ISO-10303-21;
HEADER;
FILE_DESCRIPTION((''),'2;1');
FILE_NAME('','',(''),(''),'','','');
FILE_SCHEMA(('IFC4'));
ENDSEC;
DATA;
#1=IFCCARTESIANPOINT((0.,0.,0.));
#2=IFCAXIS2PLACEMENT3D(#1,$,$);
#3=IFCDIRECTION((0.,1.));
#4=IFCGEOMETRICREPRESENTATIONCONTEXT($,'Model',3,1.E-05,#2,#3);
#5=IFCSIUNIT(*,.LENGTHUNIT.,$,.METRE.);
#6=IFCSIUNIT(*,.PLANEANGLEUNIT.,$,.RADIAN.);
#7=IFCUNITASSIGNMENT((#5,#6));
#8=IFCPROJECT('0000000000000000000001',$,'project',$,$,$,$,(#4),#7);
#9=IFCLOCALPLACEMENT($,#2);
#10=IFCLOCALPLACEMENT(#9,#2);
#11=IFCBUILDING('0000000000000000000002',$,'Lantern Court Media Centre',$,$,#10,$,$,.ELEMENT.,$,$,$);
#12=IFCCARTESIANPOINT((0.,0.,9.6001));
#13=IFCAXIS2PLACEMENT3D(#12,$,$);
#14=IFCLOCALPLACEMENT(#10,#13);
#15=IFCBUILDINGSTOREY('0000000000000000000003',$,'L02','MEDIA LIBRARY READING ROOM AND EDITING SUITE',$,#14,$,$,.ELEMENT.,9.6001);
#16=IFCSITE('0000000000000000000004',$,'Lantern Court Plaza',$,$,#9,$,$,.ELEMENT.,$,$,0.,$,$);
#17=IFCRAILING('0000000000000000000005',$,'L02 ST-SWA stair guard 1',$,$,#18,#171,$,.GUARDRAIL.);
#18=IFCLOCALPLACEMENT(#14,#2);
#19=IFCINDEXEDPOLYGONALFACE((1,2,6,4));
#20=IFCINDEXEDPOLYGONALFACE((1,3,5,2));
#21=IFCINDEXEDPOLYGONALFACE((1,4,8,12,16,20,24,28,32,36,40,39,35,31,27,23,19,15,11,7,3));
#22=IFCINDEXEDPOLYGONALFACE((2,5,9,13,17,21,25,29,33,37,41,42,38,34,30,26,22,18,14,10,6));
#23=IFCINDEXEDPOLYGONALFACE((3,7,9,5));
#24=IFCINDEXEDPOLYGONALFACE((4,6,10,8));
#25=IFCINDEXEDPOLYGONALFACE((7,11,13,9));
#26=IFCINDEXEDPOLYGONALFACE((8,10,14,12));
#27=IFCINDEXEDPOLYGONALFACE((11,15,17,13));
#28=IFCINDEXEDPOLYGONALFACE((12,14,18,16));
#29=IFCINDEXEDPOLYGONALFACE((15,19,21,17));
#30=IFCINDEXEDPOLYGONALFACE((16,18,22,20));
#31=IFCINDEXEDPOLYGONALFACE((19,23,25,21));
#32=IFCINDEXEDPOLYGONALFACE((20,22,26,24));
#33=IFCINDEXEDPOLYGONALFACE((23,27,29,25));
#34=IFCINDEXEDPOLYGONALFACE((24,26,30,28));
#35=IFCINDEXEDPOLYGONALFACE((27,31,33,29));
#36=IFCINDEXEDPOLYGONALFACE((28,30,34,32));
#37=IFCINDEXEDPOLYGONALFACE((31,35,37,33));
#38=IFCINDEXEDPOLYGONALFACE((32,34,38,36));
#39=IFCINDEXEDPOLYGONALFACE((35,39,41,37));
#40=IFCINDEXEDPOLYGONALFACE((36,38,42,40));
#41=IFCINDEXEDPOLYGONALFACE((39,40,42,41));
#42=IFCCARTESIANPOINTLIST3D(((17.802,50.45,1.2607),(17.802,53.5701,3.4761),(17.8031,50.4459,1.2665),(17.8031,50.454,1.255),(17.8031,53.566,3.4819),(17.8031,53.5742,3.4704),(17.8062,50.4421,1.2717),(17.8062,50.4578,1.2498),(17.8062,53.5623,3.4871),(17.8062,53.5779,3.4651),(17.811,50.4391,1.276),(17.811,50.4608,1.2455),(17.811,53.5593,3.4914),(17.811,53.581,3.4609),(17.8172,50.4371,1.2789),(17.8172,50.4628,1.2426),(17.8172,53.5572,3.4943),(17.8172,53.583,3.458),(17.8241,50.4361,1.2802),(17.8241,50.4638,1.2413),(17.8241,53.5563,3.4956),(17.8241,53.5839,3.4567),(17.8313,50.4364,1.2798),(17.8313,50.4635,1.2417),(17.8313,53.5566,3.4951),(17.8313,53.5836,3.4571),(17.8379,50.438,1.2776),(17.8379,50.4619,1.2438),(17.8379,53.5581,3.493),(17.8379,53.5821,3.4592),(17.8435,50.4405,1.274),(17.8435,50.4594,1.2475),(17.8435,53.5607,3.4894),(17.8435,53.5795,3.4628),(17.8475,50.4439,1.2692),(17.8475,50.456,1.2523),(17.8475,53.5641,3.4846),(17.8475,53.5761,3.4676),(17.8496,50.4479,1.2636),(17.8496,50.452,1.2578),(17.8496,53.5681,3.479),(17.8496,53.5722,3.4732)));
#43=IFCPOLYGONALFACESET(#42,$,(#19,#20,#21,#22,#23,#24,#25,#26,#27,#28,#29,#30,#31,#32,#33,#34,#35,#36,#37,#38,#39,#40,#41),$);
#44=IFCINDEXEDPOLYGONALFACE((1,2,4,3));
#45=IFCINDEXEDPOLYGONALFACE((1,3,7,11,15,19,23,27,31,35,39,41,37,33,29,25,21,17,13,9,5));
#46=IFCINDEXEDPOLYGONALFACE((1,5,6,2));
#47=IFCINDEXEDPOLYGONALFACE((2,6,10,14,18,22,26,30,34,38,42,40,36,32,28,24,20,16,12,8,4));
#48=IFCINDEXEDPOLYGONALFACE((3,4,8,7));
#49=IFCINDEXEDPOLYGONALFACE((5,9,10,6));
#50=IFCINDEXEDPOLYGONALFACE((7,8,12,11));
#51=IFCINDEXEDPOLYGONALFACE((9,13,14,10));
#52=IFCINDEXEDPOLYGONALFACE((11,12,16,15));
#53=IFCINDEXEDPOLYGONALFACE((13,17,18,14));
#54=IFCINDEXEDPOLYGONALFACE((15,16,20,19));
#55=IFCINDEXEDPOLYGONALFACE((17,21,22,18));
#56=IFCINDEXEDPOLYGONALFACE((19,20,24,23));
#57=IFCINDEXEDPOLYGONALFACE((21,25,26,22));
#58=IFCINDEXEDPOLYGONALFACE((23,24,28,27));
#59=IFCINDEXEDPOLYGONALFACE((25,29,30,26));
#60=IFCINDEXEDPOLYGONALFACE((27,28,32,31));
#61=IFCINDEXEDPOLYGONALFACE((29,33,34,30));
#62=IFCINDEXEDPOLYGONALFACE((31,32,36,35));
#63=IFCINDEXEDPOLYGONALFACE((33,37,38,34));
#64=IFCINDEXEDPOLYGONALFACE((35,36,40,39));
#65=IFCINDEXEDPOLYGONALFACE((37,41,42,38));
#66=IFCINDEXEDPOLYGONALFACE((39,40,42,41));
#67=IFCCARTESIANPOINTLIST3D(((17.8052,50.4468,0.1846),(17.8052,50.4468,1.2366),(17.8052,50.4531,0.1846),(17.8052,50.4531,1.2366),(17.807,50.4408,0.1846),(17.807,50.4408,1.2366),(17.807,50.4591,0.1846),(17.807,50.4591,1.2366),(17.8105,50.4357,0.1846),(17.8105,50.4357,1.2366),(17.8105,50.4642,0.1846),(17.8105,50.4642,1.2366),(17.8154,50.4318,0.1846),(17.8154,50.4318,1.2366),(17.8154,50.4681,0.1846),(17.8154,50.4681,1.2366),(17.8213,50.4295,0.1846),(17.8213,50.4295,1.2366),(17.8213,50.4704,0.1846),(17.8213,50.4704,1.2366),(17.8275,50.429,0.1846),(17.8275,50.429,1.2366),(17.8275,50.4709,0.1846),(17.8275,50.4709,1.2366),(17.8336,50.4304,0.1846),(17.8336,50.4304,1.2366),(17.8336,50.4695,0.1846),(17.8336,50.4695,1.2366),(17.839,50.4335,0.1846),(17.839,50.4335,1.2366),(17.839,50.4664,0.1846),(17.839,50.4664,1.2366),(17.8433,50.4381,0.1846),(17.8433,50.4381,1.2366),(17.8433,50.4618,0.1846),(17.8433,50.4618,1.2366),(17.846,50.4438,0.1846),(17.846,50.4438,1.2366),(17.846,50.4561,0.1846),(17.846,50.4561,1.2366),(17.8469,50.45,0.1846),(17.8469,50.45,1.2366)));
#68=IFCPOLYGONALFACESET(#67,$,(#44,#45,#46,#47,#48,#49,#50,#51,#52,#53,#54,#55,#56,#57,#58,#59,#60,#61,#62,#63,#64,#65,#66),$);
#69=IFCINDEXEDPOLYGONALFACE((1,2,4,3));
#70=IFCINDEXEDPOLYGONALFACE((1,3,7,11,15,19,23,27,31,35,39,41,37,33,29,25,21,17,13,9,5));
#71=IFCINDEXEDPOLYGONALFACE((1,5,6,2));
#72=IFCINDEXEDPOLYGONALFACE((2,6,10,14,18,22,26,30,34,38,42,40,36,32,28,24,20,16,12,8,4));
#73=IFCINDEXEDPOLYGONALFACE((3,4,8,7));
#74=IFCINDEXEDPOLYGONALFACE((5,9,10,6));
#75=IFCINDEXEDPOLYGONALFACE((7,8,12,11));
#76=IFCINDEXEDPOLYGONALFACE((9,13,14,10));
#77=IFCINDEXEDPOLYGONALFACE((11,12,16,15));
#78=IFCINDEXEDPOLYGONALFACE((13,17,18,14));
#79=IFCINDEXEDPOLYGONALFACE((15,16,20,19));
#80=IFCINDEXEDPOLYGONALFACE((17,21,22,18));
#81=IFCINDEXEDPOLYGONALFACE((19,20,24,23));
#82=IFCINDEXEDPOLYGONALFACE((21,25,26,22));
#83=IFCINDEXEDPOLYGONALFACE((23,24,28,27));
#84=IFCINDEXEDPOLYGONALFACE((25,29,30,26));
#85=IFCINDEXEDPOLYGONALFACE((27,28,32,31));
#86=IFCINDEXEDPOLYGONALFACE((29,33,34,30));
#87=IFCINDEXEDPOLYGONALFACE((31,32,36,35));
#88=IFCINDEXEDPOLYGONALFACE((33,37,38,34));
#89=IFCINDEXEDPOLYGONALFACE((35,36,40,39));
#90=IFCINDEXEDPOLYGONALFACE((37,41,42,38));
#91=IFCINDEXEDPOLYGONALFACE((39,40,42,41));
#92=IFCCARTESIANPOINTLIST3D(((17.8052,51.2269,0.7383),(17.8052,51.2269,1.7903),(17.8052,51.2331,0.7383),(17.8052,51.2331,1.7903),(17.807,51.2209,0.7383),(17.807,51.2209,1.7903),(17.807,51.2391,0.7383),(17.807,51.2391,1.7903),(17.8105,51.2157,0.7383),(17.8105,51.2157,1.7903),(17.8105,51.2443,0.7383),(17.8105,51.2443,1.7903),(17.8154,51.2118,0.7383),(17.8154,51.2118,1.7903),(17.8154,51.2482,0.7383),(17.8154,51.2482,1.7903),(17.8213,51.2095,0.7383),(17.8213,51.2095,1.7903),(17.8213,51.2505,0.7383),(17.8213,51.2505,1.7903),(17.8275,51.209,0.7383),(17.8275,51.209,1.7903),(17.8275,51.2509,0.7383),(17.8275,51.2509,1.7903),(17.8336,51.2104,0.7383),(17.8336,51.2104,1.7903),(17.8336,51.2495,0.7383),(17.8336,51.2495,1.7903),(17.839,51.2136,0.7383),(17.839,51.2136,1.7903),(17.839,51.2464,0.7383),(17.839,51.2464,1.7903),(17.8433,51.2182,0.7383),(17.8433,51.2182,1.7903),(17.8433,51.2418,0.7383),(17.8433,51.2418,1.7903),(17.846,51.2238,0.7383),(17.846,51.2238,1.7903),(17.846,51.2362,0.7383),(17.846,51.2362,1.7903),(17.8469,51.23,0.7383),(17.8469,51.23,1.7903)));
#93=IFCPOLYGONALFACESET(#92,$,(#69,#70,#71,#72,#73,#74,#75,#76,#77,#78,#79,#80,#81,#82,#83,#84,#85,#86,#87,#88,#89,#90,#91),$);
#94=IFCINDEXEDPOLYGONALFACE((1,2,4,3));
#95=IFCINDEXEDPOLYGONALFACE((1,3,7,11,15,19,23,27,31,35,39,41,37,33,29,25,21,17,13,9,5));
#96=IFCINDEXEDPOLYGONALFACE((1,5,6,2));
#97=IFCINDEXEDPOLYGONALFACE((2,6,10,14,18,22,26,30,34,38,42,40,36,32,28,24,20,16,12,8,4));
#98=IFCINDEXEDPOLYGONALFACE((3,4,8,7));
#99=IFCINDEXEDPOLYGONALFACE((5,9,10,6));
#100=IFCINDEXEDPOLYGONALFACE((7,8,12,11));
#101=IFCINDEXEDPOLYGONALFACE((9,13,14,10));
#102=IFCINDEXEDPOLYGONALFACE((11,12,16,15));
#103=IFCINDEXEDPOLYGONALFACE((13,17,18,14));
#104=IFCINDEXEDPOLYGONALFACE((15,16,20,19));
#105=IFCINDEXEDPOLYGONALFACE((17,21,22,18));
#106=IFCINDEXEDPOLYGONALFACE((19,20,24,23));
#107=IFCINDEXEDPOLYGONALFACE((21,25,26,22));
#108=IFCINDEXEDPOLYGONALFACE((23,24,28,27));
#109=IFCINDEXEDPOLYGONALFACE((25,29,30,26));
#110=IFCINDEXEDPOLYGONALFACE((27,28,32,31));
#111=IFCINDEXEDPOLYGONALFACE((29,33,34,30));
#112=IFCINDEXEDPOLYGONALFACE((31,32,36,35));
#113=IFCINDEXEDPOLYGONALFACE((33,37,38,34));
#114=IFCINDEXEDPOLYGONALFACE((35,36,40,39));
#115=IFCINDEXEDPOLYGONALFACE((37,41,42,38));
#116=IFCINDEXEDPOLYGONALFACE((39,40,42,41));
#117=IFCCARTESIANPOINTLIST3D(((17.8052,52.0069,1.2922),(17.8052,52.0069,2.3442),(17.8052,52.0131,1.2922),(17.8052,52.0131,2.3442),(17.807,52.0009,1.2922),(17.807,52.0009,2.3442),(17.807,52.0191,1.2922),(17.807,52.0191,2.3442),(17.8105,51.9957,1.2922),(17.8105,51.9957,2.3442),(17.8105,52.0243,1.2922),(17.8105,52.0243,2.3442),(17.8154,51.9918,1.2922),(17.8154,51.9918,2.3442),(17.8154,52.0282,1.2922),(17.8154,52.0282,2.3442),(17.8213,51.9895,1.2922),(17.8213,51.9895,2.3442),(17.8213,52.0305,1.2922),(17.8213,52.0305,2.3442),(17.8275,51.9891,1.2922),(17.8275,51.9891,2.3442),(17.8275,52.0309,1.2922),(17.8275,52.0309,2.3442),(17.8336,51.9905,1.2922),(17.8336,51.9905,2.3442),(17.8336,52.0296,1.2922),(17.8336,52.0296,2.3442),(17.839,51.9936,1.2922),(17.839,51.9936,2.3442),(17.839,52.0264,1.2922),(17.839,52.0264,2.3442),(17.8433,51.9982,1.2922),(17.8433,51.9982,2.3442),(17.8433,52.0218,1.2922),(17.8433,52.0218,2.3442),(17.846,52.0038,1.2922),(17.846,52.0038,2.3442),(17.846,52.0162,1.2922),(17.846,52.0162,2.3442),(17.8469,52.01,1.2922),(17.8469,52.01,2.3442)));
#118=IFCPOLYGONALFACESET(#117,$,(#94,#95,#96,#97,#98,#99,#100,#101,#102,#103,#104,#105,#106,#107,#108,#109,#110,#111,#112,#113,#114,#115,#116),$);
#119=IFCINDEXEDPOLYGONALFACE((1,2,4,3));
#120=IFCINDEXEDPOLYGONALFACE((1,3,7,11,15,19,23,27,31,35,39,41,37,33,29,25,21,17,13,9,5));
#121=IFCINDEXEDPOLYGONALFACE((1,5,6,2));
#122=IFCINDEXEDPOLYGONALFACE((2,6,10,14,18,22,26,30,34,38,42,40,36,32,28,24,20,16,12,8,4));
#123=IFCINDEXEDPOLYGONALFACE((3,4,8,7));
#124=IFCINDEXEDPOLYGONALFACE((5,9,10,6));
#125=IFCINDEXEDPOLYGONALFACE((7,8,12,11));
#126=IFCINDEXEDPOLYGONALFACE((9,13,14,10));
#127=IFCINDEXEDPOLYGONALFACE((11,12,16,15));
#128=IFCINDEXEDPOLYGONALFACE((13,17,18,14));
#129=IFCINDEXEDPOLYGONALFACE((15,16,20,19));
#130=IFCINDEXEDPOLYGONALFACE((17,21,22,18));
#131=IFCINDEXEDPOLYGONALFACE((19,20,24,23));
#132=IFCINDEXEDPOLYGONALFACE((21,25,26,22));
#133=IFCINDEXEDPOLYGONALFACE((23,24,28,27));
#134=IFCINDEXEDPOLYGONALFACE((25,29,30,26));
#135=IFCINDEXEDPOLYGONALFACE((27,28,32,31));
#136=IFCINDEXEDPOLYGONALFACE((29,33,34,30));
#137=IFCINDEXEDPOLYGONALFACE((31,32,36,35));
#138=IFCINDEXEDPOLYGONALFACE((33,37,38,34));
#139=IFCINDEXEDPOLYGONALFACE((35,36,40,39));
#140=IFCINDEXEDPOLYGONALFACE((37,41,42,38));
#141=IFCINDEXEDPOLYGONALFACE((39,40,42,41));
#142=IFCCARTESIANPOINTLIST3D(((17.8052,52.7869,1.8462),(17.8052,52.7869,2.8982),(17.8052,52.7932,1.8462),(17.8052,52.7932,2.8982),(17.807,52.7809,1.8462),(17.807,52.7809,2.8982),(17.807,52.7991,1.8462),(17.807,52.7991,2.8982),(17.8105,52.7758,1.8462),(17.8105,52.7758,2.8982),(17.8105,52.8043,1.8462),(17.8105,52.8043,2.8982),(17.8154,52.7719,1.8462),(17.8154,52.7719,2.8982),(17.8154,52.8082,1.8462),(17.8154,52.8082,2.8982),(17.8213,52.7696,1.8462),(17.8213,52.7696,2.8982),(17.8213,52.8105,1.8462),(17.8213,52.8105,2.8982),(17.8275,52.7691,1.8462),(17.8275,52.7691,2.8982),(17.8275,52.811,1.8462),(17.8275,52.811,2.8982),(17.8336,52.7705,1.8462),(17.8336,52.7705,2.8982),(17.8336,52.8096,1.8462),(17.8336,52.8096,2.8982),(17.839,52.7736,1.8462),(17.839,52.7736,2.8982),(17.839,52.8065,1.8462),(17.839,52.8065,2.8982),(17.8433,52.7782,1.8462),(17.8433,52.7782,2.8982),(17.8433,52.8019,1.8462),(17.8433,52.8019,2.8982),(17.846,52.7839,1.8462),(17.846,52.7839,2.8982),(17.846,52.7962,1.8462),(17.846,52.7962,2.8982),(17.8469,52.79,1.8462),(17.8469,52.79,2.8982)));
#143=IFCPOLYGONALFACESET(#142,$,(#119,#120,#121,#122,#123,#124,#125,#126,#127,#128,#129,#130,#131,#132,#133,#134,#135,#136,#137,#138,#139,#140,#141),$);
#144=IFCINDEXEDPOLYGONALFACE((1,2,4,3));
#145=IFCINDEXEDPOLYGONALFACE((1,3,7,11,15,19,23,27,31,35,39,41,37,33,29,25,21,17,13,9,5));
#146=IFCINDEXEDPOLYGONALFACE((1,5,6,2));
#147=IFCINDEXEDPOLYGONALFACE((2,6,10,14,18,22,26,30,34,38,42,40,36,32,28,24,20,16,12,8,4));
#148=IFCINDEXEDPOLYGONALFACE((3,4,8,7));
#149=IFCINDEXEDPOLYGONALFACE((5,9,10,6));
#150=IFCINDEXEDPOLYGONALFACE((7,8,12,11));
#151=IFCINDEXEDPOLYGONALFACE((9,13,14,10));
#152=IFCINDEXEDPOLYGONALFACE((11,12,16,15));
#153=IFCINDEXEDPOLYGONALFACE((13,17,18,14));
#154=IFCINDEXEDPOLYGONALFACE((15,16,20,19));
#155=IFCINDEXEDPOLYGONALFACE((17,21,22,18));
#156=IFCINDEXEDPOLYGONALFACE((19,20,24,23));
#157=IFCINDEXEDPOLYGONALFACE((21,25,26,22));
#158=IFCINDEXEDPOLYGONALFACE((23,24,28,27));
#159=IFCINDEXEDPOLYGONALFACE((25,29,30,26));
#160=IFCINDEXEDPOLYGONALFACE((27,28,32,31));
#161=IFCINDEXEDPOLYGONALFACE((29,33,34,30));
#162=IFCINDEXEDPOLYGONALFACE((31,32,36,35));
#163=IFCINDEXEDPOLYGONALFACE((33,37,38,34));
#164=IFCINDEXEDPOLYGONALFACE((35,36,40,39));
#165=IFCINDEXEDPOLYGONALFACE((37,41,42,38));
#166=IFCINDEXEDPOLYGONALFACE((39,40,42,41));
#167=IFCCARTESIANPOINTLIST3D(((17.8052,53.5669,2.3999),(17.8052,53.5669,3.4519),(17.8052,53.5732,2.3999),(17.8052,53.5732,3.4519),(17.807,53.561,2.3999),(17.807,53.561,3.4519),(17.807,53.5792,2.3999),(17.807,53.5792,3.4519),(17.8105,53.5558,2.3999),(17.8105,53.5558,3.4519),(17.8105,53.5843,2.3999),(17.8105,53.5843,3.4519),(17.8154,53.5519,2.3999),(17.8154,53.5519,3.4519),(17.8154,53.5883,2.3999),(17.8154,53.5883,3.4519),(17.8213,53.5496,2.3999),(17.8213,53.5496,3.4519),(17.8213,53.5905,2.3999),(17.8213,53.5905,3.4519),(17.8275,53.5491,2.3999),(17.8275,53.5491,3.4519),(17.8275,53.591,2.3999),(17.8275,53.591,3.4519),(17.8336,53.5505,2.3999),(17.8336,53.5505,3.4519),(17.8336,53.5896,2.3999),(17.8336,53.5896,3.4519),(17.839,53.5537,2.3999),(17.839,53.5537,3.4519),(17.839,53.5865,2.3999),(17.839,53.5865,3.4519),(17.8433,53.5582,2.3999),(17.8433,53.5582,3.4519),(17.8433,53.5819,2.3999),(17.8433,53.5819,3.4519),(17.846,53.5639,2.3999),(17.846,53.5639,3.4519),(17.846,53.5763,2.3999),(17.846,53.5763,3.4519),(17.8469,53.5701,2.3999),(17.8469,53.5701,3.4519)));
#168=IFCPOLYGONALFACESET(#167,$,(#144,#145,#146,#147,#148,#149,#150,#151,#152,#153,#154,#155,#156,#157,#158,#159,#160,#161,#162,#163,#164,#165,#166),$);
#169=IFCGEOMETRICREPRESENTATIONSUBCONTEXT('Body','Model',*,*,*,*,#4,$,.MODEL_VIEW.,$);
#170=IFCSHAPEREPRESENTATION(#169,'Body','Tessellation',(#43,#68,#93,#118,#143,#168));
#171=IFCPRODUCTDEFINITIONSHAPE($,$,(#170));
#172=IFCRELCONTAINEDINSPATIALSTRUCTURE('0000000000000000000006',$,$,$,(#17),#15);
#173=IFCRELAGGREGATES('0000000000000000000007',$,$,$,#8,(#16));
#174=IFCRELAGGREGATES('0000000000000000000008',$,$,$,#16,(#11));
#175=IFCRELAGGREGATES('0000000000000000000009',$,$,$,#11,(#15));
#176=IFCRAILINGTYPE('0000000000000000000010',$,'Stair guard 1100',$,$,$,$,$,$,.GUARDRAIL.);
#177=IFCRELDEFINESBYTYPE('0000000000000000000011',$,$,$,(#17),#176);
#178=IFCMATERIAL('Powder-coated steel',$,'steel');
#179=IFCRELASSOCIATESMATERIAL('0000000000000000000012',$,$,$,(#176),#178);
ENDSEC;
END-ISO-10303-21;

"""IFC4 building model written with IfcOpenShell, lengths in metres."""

from ifc_helpers import new_model, si_unit, direction, frame, origin, origin_2d, place, context, subcontext, project, spatial, circle, extrude, material, type_object, element, save


model = new_model("IFC4")

# Units and contexts
model_context = context("Model", 3, precision=1e-05, world=origin(), true_north=direction((0.0, 1.0)))
body_context = subcontext(model_context, "Body", "Model", "MODEL_VIEW")
ifc_project = project(units=[si_unit("LENGTHUNIT", "METRE"), si_unit("PLANEANGLEUNIT", "RADIAN")], contexts=[model_context])

# Site, building, storey
site_placement = place(None, origin())
site = spatial("IfcSite", under=ifc_project, at=site_placement, Name="Lantern Court Plaza", CompositionType="ELEMENT", RefElevation=0.0)
building_placement = place(site_placement, origin())
building = spatial("IfcBuilding", under=site, at=building_placement, Name="Lantern Court Media Centre", CompositionType="ELEMENT")
storey_placement = place(building_placement, frame((0.0, 0.0, 9.6001)))
storey = spatial("IfcBuildingStorey", under=building, at=storey_placement, Name="L02", Description="MEDIA LIBRARY READING ROOM AND EDITING SUITE", CompositionType="ELEMENT", Elevation=9.6001)

# Shared definitions
ifc_material_1 = material(Name="Powder-coated steel", Category="steel")

# Railing
railing_type_1 = type_object("IfcRailingType", Name="Stair guard 1100", PredefinedType="GUARDRAIL", material=ifc_material_1)
railing_1_placement = place(storey_placement, frame((17.8259, 50.45, 0.1846)))
element("IfcRailing", 1, at=railing_1_placement, inside=storey, type_object=railing_type_1, Name="L02 ST-SWA stair guard 1", PredefinedType="GUARDRAIL", context=body_context, shape_type="SweptSolid", body=[
    extrude(circle(Radius=0.0239, at=origin_2d()), frame((0.0, 0.0, 1.0762), z_axis=(0.0, 0.815377, 0.57893), x_axis=(-1.0, 0.0, 0.0)), (0.0, 0.0, 1.0), 3.8267),
    extrude(circle(Radius=0.021, at=origin_2d()), origin(), (0.0, 0.0, 1.0), 1.052),
    extrude(circle(Radius=0.021, at=origin_2d()), frame((0.0, 0.78, 0.5537)), (0.0, 0.0, 1.0), 1.052),
    extrude(circle(Radius=0.021, at=origin_2d()), frame((0.0, 1.5601, 1.1077)), (0.0, 0.0, 1.0), 1.052),
    extrude(circle(Radius=0.021, at=origin_2d()), frame((0.0, 2.3401, 1.6616)), (0.0, 0.0, 1.0), 1.052),
    extrude(circle(Radius=0.021, at=origin_2d()), frame((0.0, 3.1201, 2.2153)), (0.0, 0.0, 1.0), 1.052),
])

save(model, "model.ifc")
